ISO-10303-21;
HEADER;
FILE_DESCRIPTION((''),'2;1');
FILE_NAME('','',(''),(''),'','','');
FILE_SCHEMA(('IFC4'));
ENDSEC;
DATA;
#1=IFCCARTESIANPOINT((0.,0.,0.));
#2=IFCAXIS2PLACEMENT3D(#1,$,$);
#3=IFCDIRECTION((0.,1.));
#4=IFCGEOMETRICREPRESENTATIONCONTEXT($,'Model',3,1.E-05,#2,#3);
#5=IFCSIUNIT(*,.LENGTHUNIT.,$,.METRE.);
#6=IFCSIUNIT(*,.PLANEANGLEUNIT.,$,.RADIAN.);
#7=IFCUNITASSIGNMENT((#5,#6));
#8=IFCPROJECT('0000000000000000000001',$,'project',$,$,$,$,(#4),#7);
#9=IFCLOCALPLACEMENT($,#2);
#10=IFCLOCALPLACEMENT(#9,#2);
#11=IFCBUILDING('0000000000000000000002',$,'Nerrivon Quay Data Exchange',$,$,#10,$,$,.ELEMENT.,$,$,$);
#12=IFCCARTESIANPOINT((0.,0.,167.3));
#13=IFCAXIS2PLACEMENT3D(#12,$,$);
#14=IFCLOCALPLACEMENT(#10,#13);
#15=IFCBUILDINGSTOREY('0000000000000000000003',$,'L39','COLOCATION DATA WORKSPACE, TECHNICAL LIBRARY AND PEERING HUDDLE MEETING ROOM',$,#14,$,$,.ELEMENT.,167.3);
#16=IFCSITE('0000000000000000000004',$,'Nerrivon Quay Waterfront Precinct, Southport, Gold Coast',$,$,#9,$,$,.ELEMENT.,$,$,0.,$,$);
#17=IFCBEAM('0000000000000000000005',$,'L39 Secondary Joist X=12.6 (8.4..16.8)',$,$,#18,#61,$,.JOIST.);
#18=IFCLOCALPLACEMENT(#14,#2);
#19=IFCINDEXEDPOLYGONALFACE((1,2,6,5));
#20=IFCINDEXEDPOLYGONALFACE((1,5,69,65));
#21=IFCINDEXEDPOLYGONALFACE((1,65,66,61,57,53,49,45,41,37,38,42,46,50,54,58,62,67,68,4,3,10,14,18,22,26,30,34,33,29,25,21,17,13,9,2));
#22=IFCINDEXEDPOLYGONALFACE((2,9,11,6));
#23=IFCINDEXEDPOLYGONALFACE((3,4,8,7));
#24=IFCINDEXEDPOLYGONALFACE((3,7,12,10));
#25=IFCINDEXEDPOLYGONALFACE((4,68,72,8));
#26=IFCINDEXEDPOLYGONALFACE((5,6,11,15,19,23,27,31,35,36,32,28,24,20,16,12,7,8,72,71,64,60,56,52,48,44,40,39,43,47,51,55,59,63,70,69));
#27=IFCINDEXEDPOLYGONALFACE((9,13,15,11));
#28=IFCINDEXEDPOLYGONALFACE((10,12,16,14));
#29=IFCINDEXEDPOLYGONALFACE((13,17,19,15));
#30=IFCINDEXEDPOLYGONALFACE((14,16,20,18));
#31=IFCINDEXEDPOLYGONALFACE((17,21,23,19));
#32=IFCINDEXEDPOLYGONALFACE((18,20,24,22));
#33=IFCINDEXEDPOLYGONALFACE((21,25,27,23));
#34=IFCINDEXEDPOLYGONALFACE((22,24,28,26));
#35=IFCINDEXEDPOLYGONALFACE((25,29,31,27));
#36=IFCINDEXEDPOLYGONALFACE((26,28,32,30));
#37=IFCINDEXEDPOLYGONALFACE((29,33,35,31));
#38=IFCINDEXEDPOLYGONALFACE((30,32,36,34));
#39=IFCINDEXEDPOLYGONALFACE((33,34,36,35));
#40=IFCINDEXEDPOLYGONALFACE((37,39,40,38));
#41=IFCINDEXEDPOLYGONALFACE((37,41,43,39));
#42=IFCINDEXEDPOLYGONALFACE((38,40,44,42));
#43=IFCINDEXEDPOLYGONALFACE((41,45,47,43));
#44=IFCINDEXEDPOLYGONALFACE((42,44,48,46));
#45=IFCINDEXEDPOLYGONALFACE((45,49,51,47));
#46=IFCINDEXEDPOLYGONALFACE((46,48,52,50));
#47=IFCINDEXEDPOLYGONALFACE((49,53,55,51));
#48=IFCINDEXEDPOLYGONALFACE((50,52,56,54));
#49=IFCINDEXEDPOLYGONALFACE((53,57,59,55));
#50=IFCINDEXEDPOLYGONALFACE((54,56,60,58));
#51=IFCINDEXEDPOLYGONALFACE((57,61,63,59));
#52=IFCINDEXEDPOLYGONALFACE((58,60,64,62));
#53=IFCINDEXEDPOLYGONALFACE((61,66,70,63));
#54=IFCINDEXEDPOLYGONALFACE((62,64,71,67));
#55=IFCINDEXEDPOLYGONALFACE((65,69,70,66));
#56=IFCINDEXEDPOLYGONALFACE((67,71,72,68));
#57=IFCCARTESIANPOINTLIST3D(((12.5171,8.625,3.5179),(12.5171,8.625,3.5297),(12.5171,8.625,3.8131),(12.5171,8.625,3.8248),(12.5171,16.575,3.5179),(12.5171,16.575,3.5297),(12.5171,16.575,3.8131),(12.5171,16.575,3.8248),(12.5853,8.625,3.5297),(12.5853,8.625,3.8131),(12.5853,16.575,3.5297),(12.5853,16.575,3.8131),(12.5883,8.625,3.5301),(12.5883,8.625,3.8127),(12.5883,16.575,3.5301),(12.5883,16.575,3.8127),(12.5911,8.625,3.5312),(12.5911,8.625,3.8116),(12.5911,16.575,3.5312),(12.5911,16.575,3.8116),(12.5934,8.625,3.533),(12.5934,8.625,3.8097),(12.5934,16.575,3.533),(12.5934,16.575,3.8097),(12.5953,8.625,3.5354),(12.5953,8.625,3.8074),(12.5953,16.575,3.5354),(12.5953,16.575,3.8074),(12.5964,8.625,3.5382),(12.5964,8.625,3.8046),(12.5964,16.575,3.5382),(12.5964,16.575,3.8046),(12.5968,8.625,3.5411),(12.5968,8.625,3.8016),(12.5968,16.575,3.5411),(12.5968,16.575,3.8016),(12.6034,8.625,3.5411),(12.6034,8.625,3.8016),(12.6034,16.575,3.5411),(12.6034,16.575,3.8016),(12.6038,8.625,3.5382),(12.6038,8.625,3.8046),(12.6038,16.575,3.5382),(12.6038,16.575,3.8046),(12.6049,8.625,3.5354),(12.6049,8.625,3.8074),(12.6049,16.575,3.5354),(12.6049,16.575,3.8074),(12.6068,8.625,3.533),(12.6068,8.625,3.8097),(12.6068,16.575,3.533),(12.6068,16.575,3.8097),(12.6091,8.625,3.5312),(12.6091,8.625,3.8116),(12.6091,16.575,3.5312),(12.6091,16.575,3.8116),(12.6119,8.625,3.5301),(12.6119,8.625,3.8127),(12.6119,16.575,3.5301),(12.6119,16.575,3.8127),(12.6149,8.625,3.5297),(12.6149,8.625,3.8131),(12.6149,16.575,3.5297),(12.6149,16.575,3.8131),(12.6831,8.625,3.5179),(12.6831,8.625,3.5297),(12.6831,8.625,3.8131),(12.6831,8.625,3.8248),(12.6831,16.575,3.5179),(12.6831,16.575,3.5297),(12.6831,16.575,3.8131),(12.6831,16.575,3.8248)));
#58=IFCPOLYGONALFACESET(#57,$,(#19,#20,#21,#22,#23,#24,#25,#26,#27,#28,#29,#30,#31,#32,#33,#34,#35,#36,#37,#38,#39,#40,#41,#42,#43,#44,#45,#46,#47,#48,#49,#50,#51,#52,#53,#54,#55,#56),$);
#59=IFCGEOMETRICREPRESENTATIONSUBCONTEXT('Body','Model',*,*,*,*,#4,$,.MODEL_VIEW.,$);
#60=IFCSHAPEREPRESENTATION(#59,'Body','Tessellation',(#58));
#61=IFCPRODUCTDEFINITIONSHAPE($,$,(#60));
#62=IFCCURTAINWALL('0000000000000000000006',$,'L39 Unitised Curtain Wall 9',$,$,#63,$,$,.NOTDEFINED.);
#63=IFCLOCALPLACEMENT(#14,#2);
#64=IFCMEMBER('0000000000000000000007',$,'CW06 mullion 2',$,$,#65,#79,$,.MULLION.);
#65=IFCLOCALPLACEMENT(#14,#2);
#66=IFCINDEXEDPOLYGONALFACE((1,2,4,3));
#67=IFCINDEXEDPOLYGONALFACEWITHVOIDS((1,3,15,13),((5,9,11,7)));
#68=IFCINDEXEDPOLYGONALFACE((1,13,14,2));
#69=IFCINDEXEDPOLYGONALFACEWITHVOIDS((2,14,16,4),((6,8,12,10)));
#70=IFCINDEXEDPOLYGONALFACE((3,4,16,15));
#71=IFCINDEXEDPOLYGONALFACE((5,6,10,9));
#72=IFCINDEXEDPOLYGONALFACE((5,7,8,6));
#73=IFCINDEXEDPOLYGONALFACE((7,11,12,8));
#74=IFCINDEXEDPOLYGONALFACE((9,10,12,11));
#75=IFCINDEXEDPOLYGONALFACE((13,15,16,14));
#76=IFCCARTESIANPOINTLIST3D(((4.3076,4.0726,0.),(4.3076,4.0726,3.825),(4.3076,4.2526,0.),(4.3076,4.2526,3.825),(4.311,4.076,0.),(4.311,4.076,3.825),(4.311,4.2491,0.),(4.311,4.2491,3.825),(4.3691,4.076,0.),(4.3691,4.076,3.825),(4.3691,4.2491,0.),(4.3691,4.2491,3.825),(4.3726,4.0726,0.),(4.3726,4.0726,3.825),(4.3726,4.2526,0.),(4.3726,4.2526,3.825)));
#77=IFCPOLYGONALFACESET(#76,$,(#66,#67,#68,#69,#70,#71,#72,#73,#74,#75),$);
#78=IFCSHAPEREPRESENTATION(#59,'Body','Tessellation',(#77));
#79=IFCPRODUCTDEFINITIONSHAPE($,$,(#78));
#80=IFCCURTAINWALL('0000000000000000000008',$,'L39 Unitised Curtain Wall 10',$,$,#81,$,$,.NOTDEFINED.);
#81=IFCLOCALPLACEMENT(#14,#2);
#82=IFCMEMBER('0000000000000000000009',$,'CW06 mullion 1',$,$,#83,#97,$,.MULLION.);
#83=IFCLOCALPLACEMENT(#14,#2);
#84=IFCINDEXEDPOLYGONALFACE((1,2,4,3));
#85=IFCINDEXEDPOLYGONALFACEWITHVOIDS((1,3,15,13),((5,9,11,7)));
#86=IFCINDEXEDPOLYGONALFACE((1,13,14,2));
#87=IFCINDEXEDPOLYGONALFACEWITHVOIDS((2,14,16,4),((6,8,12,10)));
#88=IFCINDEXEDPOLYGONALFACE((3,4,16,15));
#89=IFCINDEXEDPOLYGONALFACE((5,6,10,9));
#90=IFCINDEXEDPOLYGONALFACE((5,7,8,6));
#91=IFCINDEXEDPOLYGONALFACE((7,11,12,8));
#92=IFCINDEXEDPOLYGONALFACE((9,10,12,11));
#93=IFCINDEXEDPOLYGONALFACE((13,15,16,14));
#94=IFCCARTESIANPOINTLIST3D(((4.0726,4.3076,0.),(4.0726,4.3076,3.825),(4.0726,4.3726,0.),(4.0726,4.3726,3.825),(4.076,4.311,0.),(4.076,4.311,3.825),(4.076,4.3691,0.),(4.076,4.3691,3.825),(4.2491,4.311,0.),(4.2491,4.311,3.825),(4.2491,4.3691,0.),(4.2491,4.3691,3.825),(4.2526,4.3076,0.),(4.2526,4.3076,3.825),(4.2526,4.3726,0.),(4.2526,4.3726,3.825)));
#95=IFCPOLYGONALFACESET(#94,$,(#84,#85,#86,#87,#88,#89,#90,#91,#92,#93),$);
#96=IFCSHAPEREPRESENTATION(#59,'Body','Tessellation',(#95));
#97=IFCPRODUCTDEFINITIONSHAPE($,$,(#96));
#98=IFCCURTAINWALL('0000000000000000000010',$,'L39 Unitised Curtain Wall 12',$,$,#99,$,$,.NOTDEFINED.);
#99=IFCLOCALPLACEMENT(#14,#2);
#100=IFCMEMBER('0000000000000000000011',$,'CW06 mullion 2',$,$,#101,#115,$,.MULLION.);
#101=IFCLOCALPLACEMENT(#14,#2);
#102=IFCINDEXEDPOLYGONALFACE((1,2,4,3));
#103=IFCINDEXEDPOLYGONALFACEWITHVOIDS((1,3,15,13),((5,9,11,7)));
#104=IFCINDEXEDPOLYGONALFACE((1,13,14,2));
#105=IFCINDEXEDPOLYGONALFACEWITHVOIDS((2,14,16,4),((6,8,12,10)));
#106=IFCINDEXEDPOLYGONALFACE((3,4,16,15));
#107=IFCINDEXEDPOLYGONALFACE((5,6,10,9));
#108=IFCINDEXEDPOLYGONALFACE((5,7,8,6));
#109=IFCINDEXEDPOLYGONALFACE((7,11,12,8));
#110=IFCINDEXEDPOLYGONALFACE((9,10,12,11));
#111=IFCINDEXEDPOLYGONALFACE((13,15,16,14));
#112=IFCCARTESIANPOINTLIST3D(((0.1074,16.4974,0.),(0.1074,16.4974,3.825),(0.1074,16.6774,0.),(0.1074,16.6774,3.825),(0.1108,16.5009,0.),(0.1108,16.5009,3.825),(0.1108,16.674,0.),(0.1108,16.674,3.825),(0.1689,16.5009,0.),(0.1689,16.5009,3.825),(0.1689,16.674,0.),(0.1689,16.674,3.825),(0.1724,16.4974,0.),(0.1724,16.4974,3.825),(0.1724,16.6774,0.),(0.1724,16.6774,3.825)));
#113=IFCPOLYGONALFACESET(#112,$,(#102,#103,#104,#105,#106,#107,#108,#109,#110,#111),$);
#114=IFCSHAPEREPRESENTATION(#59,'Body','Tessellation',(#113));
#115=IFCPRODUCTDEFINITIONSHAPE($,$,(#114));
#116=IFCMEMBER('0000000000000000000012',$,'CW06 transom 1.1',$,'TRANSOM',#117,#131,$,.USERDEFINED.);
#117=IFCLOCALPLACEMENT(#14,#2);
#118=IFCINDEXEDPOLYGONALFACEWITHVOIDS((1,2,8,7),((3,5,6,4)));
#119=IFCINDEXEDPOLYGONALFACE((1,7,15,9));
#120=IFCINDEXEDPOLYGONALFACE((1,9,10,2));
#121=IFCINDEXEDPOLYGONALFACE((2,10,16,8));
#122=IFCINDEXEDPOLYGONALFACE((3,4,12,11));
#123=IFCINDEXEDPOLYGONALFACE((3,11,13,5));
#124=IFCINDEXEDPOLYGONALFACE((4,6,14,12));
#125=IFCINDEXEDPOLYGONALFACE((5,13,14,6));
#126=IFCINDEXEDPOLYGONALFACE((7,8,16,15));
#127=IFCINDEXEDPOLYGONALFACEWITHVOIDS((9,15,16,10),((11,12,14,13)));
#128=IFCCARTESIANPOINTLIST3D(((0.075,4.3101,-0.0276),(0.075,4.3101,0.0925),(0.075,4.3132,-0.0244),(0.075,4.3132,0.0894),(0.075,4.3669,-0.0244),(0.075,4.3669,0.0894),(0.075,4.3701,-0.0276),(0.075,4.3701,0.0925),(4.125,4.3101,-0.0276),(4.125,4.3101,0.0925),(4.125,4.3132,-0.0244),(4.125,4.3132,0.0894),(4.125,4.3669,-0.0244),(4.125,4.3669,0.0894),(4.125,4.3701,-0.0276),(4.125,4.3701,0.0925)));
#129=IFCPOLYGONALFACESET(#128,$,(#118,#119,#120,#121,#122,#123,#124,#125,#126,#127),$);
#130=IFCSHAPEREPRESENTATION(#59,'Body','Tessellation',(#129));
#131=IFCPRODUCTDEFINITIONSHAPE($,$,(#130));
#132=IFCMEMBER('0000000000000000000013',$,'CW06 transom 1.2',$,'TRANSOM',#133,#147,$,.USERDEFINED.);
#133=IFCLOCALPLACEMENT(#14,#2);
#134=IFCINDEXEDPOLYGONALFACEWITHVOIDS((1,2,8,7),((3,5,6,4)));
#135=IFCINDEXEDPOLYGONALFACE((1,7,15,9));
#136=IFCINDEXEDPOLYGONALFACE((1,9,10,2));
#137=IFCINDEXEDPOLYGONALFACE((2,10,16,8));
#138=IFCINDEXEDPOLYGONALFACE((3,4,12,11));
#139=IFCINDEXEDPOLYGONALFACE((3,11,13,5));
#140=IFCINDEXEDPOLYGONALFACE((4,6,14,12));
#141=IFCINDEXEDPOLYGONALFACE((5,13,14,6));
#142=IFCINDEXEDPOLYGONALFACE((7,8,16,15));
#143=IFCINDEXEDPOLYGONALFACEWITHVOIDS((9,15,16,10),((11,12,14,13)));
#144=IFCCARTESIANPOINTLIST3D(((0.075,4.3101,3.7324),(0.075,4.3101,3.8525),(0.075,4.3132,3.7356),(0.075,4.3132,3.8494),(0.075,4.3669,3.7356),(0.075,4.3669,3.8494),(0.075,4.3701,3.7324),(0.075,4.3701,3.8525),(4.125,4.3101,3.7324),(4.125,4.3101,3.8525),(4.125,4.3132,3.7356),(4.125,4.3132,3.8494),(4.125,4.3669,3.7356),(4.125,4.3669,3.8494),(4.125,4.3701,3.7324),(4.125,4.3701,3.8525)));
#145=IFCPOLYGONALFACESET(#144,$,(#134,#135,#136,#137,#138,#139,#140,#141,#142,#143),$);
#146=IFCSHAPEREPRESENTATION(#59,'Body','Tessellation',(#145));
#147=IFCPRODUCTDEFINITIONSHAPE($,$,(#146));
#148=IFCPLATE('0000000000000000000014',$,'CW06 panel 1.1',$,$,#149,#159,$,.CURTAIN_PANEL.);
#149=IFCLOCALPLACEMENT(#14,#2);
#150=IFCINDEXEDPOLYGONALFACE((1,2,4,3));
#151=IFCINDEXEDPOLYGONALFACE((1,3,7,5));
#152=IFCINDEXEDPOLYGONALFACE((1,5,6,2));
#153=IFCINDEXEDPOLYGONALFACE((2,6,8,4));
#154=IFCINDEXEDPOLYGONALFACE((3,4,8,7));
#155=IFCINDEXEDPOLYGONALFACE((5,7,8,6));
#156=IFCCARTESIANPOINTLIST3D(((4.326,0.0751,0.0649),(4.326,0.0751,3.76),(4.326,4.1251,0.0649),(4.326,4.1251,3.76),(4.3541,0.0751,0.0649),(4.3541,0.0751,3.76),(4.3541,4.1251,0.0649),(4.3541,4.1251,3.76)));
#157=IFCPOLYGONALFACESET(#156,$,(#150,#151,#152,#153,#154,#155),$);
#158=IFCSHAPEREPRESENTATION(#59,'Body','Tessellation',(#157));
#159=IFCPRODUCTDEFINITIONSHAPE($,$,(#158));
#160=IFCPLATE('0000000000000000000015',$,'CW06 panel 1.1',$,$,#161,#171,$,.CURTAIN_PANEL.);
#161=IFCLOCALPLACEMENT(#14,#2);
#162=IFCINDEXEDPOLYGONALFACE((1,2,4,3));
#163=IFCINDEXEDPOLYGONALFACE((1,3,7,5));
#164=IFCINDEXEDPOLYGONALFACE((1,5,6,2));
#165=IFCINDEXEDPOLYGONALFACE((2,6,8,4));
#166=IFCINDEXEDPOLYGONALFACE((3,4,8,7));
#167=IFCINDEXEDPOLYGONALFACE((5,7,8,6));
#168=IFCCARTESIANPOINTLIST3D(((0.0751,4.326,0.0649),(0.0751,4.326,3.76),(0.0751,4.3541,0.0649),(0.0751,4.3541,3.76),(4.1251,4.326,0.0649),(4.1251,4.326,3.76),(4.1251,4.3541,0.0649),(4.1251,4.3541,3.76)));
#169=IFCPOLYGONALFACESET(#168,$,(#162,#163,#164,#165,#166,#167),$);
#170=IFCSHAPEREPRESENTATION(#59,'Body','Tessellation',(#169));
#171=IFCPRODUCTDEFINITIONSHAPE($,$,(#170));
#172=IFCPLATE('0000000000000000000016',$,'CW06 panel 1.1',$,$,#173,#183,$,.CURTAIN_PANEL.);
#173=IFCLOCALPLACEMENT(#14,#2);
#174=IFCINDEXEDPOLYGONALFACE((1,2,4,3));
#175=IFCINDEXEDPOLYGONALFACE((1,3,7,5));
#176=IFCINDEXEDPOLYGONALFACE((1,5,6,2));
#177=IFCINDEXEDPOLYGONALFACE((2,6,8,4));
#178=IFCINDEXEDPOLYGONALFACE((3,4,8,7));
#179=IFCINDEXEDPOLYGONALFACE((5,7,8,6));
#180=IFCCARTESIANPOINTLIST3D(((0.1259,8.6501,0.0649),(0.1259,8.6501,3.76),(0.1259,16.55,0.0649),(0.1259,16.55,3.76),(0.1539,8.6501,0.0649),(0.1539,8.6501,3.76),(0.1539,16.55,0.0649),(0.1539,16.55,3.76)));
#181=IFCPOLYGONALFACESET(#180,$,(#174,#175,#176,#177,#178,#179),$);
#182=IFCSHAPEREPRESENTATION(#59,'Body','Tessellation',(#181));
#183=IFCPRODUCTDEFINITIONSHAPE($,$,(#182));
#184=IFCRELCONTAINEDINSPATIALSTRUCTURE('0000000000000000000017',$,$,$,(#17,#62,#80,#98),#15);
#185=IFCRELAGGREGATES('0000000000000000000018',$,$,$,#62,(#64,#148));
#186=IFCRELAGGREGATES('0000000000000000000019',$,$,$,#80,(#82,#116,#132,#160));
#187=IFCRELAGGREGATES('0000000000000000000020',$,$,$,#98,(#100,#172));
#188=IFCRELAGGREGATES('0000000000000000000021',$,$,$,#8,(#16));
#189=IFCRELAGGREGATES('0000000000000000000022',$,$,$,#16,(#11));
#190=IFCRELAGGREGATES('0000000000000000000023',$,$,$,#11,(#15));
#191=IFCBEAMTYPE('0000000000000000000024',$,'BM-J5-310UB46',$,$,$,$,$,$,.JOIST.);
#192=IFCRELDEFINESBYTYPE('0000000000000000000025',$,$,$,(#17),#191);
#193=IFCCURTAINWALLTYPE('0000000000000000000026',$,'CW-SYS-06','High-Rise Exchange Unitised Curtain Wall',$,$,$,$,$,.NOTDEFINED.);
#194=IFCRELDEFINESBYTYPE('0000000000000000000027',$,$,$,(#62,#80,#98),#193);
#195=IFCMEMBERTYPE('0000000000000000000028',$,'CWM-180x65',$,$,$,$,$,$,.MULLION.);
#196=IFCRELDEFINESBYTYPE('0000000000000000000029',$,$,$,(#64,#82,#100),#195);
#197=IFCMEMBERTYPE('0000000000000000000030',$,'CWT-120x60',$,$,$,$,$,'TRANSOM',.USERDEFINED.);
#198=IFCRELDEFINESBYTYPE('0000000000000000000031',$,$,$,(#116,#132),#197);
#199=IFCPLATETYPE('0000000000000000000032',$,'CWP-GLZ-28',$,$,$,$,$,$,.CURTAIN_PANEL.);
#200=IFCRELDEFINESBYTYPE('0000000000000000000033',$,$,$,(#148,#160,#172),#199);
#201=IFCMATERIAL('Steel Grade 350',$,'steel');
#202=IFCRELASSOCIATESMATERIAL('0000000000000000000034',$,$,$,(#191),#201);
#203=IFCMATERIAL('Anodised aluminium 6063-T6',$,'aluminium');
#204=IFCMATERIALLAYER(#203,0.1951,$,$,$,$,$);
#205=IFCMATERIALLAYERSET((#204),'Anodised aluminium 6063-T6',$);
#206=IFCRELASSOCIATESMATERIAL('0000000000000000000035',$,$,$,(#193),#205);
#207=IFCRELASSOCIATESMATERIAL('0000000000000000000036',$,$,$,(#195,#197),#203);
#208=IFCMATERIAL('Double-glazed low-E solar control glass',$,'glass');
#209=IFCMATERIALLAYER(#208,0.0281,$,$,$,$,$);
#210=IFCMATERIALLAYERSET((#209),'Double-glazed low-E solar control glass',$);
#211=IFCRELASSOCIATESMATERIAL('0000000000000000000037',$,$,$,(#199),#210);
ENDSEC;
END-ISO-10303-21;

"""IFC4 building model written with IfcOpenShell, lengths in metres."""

from ifc_helpers import new_model, si_unit, direction, frame, origin, origin_2d, place, context, subcontext, project, spatial, rectangle, hollow_rectangle, i_section, extrude, material, layer, layer_set, material_profile, profile_set, type_object, element, aggregate, save


model = new_model("IFC4")

# Units and contexts
model_context = context("Model", 3, precision=1e-05, world=origin(), true_north=direction((0.0, 1.0)))
body_context = subcontext(model_context, "Body", "Model", "MODEL_VIEW")
ifc_project = project(units=[si_unit("LENGTHUNIT", "METRE"), si_unit("PLANEANGLEUNIT", "RADIAN")], contexts=[model_context])

# Site, building, storey
site_placement = place(None, origin())
site = spatial("IfcSite", under=ifc_project, at=site_placement, Name="Nerrivon Quay Waterfront Precinct, Southport, Gold Coast", CompositionType="ELEMENT", RefElevation=0.0)
building_placement = place(site_placement, origin())
building = spatial("IfcBuilding", under=site, at=building_placement, Name="Nerrivon Quay Data Exchange", CompositionType="ELEMENT")
storey_placement = place(building_placement, frame((0.0, 0.0, 167.3)))
storey = spatial("IfcBuildingStorey", under=building, at=storey_placement, Name="L39", Description="COLOCATION DATA WORKSPACE, TECHNICAL LIBRARY AND PEERING HUDDLE MEETING ROOM", CompositionType="ELEMENT", Elevation=167.3)

# Shared definitions
ifc_material_1 = material(Name="Steel Grade 350", Category="steel")

# Beam
ifc_material_profile_1 = material_profile(ifc_material_1, i_section(OverallWidth=0.166, OverallDepth=0.3069, WebThickness=0.0066, FlangeThickness=0.0117, FilletRadius=0.0115, at=origin_2d()), Name="310UB46.2")
ifc_profile_set_1 = profile_set([ifc_material_profile_1], Name="Steel Grade 350")
beam_type_1 = type_object("IfcBeamType", Name="BM-J5-310UB46", PredefinedType="JOIST", material=ifc_profile_set_1)
for number, where, z_axis, x_axis, name in (
    (1, (12.6001, 8.625, 3.6714), (0.0, 1.0, 0.0), (-1.0, 0.0, 0.0), "L39 Secondary Joist X=12.6 (8.4..16.8)"),
):
    element("IfcBeam", number, at=place(storey_placement, frame(where, z_axis=z_axis, x_axis=x_axis)), inside=storey, type_object=beam_type_1, Name=name, PredefinedType="JOIST", context=body_context, shape_type="SweptSolid", body=[
        extrude(i_section(OverallWidth=0.166, OverallDepth=0.3069, WebThickness=0.0066, FlangeThickness=0.0117, FilletRadius=0.0115, at=origin_2d()), origin(), (0.0, 0.0, 1.0), 7.95),
    ])

# Curtain walls, members
ifc_material_2 = material(Name="Anodised aluminium 6063-T6", Category="aluminium")
ifc_layer_1 = layer(ifc_material_2, 0.1951)
ifc_layer_set_1 = layer_set([ifc_layer_1], Name="Anodised aluminium 6063-T6")
curtain_wall_type = type_object("IfcCurtainWallType", Name="CW-SYS-06", Description="High-Rise Exchange Unitised Curtain Wall", PredefinedType="NOTDEFINED", material=ifc_layer_set_1)
curtain_wall_1_placement = place(storey_placement, origin())
curtain_wall_1 = element("IfcCurtainWall", 2, at=curtain_wall_1_placement, inside=storey, type_object=curtain_wall_type, Name="L39 Unitised Curtain Wall 9", PredefinedType="NOTDEFINED")
ifc_material_profile_2 = material_profile(ifc_material_2, hollow_rectangle(XDim=0.0649, YDim=0.1799, WallThickness=0.0034, at=origin_2d()), Name="ALU-MULL-180x65")
ifc_profile_set_2 = profile_set([ifc_material_profile_2], Name="Anodised aluminium 6063-T6")
member_type_1 = type_object("IfcMemberType", Name="CWM-180x65", PredefinedType="MULLION", material=ifc_profile_set_2)
member_1_placement = place(storey_placement, frame((4.3401, 4.1626, 0.0), z_axis=(0.0, 0.0, 1.0), x_axis=(-1.0, 0.0, 0.0)))
member_1 = element("IfcMember", 3, at=member_1_placement, type_object=member_type_1, Name="CW06 mullion 2", PredefinedType="MULLION", context=body_context, shape_type="SweptSolid", body=[
    extrude(hollow_rectangle(XDim=0.0649, YDim=0.1799, WallThickness=0.0034, at=origin_2d()), origin(), (0.0, 0.0, 1.0), 3.825),
])
curtain_wall_2_placement = place(storey_placement, origin())
curtain_wall_2 = element("IfcCurtainWall", 4, at=curtain_wall_2_placement, inside=storey, type_object=curtain_wall_type, Name="L39 Unitised Curtain Wall 10", PredefinedType="NOTDEFINED")
member_2_placement = place(storey_placement, frame((4.1626, 4.3401, 0.0), z_axis=(0.0, 0.0, 1.0), x_axis=(0.0, -1.0, 0.0)))
member_2 = element("IfcMember", 5, at=member_2_placement, type_object=member_type_1, Name="CW06 mullion 1", PredefinedType="MULLION", context=body_context, shape_type="SweptSolid", body=[
    extrude(hollow_rectangle(XDim=0.0649, YDim=0.1799, WallThickness=0.0034, at=origin_2d()), origin(), (0.0, 0.0, 1.0), 3.825),
])
curtain_wall_3_placement = place(storey_placement, origin())
curtain_wall_3 = element("IfcCurtainWall", 6, at=curtain_wall_3_placement, inside=storey, type_object=curtain_wall_type, Name="L39 Unitised Curtain Wall 12", PredefinedType="NOTDEFINED")
member_3_placement = place(storey_placement, frame((0.1399, 16.5874, 0.0), z_axis=(0.0, 0.0, 1.0), x_axis=(-1.0, 0.0, 0.0)))
member_3 = element("IfcMember", 7, at=member_3_placement, type_object=member_type_1, Name="CW06 mullion 2", PredefinedType="MULLION", context=body_context, shape_type="SweptSolid", body=[
    extrude(hollow_rectangle(XDim=0.0649, YDim=0.1799, WallThickness=0.0034, at=origin_2d()), origin(), (0.0, 0.0, 1.0), 3.825),
])

# Members
ifc_material_profile_3 = material_profile(ifc_material_2, hollow_rectangle(XDim=0.0601, YDim=0.1201, WallThickness=0.0032, at=origin_2d()), Name="ALU-TRAN-120x60")
ifc_profile_set_3 = profile_set([ifc_material_profile_3], Name="Anodised aluminium 6063-T6")
member_type_2 = type_object("IfcMemberType", Name="CWT-120x60", ElementType="TRANSOM", PredefinedType="USERDEFINED", material=ifc_profile_set_3)
member_4_placement = place(storey_placement, frame((4.125, 4.3401, 0.0325), z_axis=(-1.0, 0.0, 0.0), x_axis=(0.0, -1.0, 0.0)))
member_4 = element("IfcMember", 8, at=member_4_placement, type_object=member_type_2, Name="CW06 transom 1.1", ObjectType="TRANSOM", PredefinedType="USERDEFINED", context=body_context, shape_type="SweptSolid", body=[
    extrude(hollow_rectangle(XDim=0.0601, YDim=0.1201, WallThickness=0.0032, at=origin_2d()), origin(), (0.0, 0.0, 1.0), 4.05),
])
member_5_placement = place(storey_placement, frame((4.125, 4.3401, 3.7925), z_axis=(-1.0, 0.0, 0.0), x_axis=(0.0, -1.0, 0.0)))
member_5 = element("IfcMember", 9, at=member_5_placement, type_object=member_type_2, Name="CW06 transom 1.2", ObjectType="TRANSOM", PredefinedType="USERDEFINED", context=body_context, shape_type="SweptSolid", body=[
    extrude(hollow_rectangle(XDim=0.0601, YDim=0.1201, WallThickness=0.0032, at=origin_2d()), origin(), (0.0, 0.0, 1.0), 4.05),
])

# Plates
ifc_material_3 = material(Name="Double-glazed low-E solar control glass", Category="glass")
ifc_layer_2 = layer(ifc_material_3, 0.0281)
ifc_layer_set_2 = layer_set([ifc_layer_2], Name="Double-glazed low-E solar control glass")
plate_type = type_object("IfcPlateType", Name="CWP-GLZ-28", PredefinedType="CURTAIN_PANEL", material=ifc_layer_set_2)
plate_1_placement = place(storey_placement, frame((4.3401, 2.1001, 0.0649), z_axis=(0.0, 0.0, 1.0), x_axis=(0.0, 1.0, 0.0)))
plate_1 = element("IfcPlate", 10, at=plate_1_placement, type_object=plate_type, Name="CW06 panel 1.1", PredefinedType="CURTAIN_PANEL", context=body_context, shape_type="SweptSolid", body=[
    extrude(rectangle(XDim=4.05, YDim=0.0281, at=origin_2d()), origin(), (0.0, 0.0, 1.0), 3.6951),
])
aggregate(curtain_wall_1, [member_1, plate_1])
plate_2_placement = place(storey_placement, frame((2.1001, 4.3401, 0.0649), z_axis=(0.0, 0.0, 1.0), x_axis=(-1.0, 0.0, 0.0)))
plate_2 = element("IfcPlate", 11, at=plate_2_placement, type_object=plate_type, Name="CW06 panel 1.1", PredefinedType="CURTAIN_PANEL", context=body_context, shape_type="SweptSolid", body=[
    extrude(rectangle(XDim=4.05, YDim=0.0281, at=origin_2d()), origin(), (0.0, 0.0, 1.0), 3.6951),
])
aggregate(curtain_wall_2, [member_2, member_4, member_5, plate_2])
plate_3_placement = place(storey_placement, frame((0.1399, 12.6001, 0.0649), z_axis=(0.0, 0.0, 1.0), x_axis=(0.0, 1.0, 0.0)))
plate_3 = element("IfcPlate", 12, at=plate_3_placement, type_object=plate_type, Name="CW06 panel 1.1", PredefinedType="CURTAIN_PANEL", context=body_context, shape_type="SweptSolid", body=[
    extrude(rectangle(XDim=7.8999, YDim=0.0281, at=origin_2d()), origin(), (0.0, 0.0, 1.0), 3.6951),
])
aggregate(curtain_wall_3, [member_3, plate_3])

save(model, "model.ifc")
